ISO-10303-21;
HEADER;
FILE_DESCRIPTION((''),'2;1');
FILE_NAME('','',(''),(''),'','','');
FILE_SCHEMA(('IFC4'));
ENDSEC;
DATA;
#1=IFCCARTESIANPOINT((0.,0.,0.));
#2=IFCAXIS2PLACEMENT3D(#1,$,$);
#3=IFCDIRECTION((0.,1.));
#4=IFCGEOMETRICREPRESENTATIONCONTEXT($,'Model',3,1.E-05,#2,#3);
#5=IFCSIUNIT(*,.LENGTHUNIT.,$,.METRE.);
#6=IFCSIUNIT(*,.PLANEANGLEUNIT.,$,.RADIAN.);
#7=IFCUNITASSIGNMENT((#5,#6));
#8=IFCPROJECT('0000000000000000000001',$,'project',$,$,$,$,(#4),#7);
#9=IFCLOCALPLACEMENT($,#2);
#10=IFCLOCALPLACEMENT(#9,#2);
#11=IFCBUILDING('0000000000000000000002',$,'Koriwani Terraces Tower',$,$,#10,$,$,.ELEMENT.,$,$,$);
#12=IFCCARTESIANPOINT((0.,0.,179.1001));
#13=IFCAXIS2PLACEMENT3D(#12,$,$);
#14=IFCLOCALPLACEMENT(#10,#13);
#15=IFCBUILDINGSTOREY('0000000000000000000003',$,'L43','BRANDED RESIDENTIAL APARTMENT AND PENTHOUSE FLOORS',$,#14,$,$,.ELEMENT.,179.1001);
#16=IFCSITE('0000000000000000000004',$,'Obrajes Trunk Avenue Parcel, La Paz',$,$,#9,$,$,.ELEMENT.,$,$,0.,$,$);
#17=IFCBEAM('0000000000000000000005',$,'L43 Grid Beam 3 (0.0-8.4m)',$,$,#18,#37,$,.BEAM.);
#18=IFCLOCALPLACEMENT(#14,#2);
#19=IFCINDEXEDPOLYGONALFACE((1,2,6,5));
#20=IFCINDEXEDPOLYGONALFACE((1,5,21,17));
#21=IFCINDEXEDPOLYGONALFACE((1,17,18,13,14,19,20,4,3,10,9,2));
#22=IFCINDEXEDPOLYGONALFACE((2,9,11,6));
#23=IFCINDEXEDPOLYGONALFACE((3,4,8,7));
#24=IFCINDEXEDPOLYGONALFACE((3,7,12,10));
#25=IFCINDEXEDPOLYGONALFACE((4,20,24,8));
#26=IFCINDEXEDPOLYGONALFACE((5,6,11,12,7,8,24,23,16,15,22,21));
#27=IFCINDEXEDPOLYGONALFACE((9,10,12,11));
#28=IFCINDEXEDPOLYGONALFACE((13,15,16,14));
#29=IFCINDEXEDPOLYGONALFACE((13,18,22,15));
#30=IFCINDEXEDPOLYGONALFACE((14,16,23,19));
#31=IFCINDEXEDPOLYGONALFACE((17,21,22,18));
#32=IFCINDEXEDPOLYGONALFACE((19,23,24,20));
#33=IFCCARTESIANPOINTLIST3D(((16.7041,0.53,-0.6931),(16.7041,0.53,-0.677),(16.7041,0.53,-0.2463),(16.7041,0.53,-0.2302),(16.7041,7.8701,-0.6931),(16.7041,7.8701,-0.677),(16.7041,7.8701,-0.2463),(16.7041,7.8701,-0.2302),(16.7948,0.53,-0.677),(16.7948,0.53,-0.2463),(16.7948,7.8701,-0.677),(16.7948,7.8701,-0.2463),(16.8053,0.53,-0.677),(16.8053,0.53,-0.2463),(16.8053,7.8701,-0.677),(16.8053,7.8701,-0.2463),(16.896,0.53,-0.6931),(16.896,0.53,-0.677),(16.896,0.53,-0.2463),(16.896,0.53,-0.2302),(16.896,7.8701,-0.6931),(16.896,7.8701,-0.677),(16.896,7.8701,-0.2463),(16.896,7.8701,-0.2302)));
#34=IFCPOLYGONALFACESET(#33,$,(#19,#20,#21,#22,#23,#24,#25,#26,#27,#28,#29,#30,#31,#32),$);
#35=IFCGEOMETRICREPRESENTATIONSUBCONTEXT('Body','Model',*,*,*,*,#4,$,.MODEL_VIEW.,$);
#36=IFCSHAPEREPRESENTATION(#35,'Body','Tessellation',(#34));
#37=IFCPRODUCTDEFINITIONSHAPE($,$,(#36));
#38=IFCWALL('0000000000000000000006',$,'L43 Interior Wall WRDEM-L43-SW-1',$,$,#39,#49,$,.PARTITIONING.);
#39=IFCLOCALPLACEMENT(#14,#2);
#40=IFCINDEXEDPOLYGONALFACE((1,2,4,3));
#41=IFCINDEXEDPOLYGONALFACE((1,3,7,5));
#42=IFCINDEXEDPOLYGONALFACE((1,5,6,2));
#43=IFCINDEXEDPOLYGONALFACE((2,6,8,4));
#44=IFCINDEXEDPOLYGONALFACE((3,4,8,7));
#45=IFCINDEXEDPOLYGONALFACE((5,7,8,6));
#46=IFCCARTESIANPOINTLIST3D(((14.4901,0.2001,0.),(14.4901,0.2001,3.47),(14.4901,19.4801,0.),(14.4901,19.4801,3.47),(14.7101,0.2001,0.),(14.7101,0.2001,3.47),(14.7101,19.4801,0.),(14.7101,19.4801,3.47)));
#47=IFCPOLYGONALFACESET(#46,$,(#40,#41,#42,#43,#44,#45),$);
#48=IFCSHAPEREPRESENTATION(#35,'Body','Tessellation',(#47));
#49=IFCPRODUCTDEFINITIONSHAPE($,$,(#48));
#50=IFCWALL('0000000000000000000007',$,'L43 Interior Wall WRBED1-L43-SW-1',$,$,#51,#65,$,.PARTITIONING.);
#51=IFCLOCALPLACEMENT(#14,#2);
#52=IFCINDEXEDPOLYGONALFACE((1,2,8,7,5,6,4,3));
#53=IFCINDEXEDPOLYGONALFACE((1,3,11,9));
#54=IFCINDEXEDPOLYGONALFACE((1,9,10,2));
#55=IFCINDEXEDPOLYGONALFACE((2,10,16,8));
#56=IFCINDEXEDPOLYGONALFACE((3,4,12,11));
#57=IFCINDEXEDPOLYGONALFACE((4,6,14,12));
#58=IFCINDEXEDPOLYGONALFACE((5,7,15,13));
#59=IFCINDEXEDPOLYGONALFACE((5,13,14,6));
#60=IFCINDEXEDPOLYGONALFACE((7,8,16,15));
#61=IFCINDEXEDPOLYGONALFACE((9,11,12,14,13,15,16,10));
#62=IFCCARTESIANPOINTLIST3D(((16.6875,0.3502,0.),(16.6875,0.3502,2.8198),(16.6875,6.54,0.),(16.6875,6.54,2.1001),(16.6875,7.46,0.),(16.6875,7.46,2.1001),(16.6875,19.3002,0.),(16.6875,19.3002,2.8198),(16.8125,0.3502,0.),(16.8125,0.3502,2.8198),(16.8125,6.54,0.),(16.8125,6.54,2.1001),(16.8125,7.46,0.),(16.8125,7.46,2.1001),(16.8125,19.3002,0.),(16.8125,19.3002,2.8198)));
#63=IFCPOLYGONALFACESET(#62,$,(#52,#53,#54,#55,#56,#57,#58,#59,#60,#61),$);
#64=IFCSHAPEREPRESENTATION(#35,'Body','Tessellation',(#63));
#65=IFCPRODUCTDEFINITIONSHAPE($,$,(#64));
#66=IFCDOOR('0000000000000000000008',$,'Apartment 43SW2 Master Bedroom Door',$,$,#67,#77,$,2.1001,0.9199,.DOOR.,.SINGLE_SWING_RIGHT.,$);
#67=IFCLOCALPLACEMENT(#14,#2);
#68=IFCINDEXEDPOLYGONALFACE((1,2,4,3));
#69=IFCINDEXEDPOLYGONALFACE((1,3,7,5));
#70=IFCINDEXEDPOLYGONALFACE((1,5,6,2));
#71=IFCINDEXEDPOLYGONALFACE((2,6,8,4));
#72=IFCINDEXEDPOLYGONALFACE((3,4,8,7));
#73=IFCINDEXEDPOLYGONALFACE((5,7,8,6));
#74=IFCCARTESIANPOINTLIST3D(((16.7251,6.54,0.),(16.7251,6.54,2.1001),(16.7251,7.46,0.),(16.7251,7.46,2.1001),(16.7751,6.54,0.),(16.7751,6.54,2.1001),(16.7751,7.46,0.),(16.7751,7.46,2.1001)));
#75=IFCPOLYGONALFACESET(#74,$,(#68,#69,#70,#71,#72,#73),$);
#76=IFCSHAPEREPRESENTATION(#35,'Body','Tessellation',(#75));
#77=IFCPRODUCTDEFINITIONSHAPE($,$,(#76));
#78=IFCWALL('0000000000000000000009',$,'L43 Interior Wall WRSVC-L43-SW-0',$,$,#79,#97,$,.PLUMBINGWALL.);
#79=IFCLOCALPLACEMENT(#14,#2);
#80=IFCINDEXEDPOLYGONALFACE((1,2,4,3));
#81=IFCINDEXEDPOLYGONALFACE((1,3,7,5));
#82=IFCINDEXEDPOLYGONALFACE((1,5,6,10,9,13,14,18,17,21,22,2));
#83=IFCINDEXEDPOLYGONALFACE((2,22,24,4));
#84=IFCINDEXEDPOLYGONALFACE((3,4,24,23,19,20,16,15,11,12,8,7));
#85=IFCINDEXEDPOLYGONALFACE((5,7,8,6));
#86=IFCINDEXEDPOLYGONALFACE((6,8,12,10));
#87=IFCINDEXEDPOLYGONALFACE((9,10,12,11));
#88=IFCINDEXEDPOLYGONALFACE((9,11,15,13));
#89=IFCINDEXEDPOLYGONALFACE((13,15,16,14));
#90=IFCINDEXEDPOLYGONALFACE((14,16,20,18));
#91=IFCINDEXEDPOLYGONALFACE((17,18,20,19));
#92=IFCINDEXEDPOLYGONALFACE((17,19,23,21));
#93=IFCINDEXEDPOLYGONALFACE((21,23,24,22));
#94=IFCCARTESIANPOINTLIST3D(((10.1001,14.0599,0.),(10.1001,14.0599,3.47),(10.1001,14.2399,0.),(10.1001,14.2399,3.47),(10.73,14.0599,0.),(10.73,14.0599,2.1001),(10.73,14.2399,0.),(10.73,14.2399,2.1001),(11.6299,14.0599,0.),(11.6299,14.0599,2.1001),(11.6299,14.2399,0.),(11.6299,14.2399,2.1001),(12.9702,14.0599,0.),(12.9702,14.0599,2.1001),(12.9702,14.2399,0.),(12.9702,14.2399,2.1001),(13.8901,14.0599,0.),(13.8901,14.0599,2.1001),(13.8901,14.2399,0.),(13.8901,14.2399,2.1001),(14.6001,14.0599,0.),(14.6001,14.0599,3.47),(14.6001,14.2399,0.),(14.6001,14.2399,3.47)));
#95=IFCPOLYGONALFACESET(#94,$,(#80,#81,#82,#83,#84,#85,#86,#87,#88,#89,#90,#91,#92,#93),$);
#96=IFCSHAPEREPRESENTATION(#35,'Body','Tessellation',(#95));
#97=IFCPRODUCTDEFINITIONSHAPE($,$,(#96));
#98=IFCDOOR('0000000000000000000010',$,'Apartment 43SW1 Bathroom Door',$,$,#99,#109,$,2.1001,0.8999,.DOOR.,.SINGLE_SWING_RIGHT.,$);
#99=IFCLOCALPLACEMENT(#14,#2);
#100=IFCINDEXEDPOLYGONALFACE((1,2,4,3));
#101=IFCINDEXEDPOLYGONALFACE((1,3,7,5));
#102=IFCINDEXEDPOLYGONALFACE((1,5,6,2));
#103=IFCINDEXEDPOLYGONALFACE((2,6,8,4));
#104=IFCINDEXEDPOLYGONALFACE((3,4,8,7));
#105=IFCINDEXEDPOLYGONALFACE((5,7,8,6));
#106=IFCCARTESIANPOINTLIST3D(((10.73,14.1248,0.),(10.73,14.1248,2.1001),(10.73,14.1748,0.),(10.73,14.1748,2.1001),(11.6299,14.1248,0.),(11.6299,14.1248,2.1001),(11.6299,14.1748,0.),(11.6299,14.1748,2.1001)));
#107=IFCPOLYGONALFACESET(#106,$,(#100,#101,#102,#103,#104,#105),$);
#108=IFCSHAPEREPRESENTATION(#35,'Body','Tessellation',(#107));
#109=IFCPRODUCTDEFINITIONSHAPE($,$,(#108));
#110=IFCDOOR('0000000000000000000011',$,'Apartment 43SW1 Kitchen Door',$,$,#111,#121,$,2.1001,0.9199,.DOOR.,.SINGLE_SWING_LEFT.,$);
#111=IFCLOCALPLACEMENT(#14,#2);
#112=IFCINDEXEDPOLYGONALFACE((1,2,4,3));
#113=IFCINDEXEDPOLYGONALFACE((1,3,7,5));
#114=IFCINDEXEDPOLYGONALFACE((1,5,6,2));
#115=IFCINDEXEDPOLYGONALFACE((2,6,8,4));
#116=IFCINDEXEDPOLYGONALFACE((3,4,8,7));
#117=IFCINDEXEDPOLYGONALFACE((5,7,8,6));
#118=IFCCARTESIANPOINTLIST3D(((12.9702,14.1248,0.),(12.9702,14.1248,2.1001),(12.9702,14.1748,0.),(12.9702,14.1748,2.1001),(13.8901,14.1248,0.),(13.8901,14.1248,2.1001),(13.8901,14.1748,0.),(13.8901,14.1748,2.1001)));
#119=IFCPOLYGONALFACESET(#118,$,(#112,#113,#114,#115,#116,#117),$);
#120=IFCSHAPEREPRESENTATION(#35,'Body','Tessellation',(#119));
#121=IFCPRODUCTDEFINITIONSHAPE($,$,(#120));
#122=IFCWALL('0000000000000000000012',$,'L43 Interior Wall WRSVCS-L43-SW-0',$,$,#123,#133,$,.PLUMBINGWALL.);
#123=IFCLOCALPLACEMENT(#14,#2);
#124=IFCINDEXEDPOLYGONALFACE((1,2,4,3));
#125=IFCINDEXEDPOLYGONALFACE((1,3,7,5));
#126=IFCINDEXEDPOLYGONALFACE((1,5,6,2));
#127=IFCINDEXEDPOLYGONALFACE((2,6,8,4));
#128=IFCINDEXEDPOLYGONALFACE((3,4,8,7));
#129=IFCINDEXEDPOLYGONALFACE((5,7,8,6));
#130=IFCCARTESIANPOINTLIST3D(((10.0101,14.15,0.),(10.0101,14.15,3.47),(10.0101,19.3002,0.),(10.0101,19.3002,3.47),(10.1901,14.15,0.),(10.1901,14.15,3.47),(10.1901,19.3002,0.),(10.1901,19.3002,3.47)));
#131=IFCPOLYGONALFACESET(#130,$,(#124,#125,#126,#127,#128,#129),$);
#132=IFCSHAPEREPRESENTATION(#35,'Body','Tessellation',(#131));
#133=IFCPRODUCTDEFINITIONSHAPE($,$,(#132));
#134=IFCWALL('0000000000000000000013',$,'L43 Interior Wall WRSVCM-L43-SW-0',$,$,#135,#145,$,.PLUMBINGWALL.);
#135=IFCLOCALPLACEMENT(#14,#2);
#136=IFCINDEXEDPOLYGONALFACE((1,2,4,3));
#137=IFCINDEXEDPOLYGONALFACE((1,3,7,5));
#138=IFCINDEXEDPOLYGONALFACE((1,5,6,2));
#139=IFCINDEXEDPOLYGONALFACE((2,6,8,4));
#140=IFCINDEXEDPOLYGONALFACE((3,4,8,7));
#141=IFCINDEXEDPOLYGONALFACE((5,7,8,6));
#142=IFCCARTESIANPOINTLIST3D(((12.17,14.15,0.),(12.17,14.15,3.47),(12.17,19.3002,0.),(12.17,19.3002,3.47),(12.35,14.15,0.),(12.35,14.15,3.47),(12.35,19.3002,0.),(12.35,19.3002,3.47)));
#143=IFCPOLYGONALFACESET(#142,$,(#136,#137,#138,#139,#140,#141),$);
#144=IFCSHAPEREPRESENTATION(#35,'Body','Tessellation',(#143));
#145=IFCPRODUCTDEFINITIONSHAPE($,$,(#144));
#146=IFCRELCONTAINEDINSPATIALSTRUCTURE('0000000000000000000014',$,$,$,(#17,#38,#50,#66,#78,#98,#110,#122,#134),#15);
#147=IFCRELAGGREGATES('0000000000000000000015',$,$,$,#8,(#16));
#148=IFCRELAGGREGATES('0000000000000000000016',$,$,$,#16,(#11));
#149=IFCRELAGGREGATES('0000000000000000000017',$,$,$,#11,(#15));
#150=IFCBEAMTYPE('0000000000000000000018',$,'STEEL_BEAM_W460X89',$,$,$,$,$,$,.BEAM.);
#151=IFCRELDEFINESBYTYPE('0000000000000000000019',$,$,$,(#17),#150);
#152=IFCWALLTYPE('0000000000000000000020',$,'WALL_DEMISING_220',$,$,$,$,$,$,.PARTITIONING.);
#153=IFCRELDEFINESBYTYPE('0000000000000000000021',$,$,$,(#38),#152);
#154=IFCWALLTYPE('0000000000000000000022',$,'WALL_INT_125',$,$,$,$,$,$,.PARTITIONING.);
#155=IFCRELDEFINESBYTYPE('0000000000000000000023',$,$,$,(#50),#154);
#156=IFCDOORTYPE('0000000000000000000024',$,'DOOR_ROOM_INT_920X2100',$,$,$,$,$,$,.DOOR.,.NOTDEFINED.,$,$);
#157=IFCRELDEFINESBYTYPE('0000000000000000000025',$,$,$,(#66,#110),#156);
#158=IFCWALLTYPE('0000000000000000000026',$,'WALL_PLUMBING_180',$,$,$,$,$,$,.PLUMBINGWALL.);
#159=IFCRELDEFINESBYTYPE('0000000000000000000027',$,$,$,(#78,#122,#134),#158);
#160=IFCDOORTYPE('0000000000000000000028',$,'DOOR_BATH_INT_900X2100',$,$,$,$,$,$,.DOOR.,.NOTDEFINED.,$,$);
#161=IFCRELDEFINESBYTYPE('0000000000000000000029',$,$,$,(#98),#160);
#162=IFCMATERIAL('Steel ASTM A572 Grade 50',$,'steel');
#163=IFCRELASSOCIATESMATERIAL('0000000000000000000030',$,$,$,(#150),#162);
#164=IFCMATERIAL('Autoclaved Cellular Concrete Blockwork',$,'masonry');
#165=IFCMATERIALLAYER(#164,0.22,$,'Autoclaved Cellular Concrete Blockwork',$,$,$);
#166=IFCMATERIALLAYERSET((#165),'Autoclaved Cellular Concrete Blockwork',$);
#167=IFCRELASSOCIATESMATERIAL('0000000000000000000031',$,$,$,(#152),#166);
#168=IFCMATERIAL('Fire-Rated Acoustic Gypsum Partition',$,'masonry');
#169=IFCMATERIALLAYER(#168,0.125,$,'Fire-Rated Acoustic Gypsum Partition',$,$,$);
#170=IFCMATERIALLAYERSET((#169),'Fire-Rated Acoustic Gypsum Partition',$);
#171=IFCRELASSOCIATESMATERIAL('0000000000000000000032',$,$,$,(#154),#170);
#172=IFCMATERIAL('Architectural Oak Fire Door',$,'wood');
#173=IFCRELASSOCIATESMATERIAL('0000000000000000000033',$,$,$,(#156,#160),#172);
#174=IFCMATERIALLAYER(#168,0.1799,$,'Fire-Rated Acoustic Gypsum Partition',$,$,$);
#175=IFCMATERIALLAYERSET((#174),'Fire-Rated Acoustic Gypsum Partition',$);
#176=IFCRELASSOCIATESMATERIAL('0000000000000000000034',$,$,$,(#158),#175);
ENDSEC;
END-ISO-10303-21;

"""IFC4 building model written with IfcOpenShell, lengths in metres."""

from ifc_helpers import new_model, si_unit, direction, frame, frame_2d, origin, origin_2d, place, context, subcontext, project, spatial, rectangle, i_section, extrude, material, layer, layer_set, material_profile, profile_set, type_object, element, fill, save


model = new_model("IFC4")

# Units and contexts
model_context = context("Model", 3, precision=1e-05, world=origin(), true_north=direction((0.0, 1.0)))
body_context = subcontext(model_context, "Body", "Model", "MODEL_VIEW")
ifc_project = project(units=[si_unit("LENGTHUNIT", "METRE"), si_unit("PLANEANGLEUNIT", "RADIAN")], contexts=[model_context])

# Site, building, storey
site_placement = place(None, origin())
site = spatial("IfcSite", under=ifc_project, at=site_placement, Name="Obrajes Trunk Avenue Parcel, La Paz", CompositionType="ELEMENT", RefElevation=0.0)
building_placement = place(site_placement, origin())
building = spatial("IfcBuilding", under=site, at=building_placement, Name="Koriwani Terraces Tower", CompositionType="ELEMENT")
storey_placement = place(building_placement, frame((0.0, 0.0, 179.1001)))
storey = spatial("IfcBuildingStorey", under=building, at=storey_placement, Name="L43", Description="BRANDED RESIDENTIAL APARTMENT AND PENTHOUSE FLOORS", CompositionType="ELEMENT", Elevation=179.1001)

# Beam
ifc_material_1 = material(Name="Steel ASTM A572 Grade 50", Category="steel")
ifc_material_profile_1 = material_profile(ifc_material_1, i_section(OverallWidth=0.1919, OverallDepth=0.4629, WebThickness=0.0105, FlangeThickness=0.0161, at=origin_2d()), Name="Steel ASTM A572 Grade 50", Category="LoadBearing")
ifc_profile_set_1 = profile_set([ifc_material_profile_1], Name="Steel ASTM A572 Grade 50")
beam_type_1 = type_object("IfcBeamType", Name="STEEL_BEAM_W460X89", PredefinedType="BEAM", material=ifc_profile_set_1)
beam_1_placement = place(storey_placement, frame((16.8, 0.53, -0.4617), z_axis=(0.0, 1.0, 0.0), x_axis=(-1.0, 0.0, 0.0)))
element("IfcBeam", 1, at=beam_1_placement, inside=storey, type_object=beam_type_1, Name="L43 Grid Beam 3 (0.0-8.4m)", PredefinedType="BEAM", context=body_context, shape_type="SweptSolid", body=[
    extrude(i_section(OverallWidth=0.1919, OverallDepth=0.4629, WebThickness=0.0105, FlangeThickness=0.0161, at=origin_2d()), origin(), (0.0, 0.0, 1.0), 7.3401),
])

# Wall
ifc_material_2 = material(Name="Autoclaved Cellular Concrete Blockwork", Category="masonry")
ifc_layer_1 = layer(ifc_material_2, 0.22, Name="Autoclaved Cellular Concrete Blockwork")
ifc_layer_set_1 = layer_set([ifc_layer_1], Name="Autoclaved Cellular Concrete Blockwork")
wall_type_1 = type_object("IfcWallType", Name="WALL_DEMISING_220", PredefinedType="PARTITIONING", material=ifc_layer_set_1)
wall_1_placement = place(storey_placement, frame((14.6001, 0.2, 0.0), z_axis=(0.0, 0.0, 1.0), x_axis=(0.0, 1.0, 0.0)))
element("IfcWall", 2, at=wall_1_placement, inside=storey, type_object=wall_type_1, Name="L43 Interior Wall WRDEM-L43-SW-1", PredefinedType="PARTITIONING", context=body_context, shape_type="SweptSolid", body=[
    extrude(rectangle(XDim=19.28, YDim=0.22, at=frame_2d((9.6401, 0.0))), origin(), (0.0, 0.0, 1.0), 3.47),
])

# Wall, opening, door
ifc_material_3 = material(Name="Fire-Rated Acoustic Gypsum Partition", Category="masonry")
ifc_layer_2 = layer(ifc_material_3, 0.125, Name="Fire-Rated Acoustic Gypsum Partition")
ifc_layer_set_2 = layer_set([ifc_layer_2], Name="Fire-Rated Acoustic Gypsum Partition")
wall_type_2 = type_object("IfcWallType", Name="WALL_INT_125", PredefinedType="PARTITIONING", material=ifc_layer_set_2)
wall_2_placement = place(storey_placement, frame((16.75, 0.3501, 0.0), z_axis=(0.0, 0.0, 1.0), x_axis=(0.0, 1.0, 0.0)))
wall_2 = element("IfcWall", 3, at=wall_2_placement, inside=storey, type_object=wall_type_2, Name="L43 Interior Wall WRBED1-L43-SW-1", PredefinedType="PARTITIONING", context=body_context, shape_type="SweptSolid", body=[
    extrude(rectangle(XDim=18.95, YDim=0.125, at=frame_2d((9.4751, 0.0))), origin(), (0.0, 0.0, 1.0), 2.8198),
])
opening_1_placement = place(wall_2_placement, frame((6.1899, 0.0, 0.0)))
opening_1 = element("IfcOpeningElement", 4, at=opening_1_placement, cuts=wall_2, PredefinedType="OPENING", context=body_context, shape_type="SweptSolid", body=[
    extrude(rectangle(XDim=0.9199, YDim=2.1001, at=frame_2d((0.46, 1.05))), frame((0.0, 0.0725, 0.0), z_axis=(0.0, -1.0, 0.0), x_axis=(1.0, 0.0, 0.0)), (0.0, 0.0, 1.0), 0.145),
])
ifc_material_4 = material(Name="Architectural Oak Fire Door", Category="wood")
door_type_1 = type_object("IfcDoorType", Name="DOOR_ROOM_INT_920X2100", OperationType="NOTDEFINED", PredefinedType="DOOR", material=ifc_material_4)
door_1_placement = place(opening_1_placement, origin())
door_1 = element("IfcDoor", 5, at=door_1_placement, inside=storey, type_object=door_type_1, Name="Apartment 43SW2 Master Bedroom Door", OperationType="SINGLE_SWING_RIGHT", OverallHeight=2.1001, OverallWidth=0.9199, PredefinedType="DOOR", context=body_context, shape_type="SweptSolid", body=[
    extrude(rectangle(XDim=0.9199, YDim=2.1001, at=frame_2d((0.46, 1.05))), frame((0.0, 0.0249, 0.0), z_axis=(0.0, -1.0, 0.0), x_axis=(1.0, 0.0, 0.0)), (0.0, 0.0, 1.0), 0.05),
])
fill(opening_1, door_1)

# Wall, openings, doors
ifc_layer_3 = layer(ifc_material_3, 0.1799, Name="Fire-Rated Acoustic Gypsum Partition")
ifc_layer_set_3 = layer_set([ifc_layer_3], Name="Fire-Rated Acoustic Gypsum Partition")
wall_type_3 = type_object("IfcWallType", Name="WALL_PLUMBING_180", PredefinedType="PLUMBINGWALL", material=ifc_layer_set_3)
wall_3_placement = place(storey_placement, frame((10.1001, 14.1499, 0.0), z_axis=(0.0, 0.0, 1.0), x_axis=(1.0, 0.0, 0.0)))
wall_3 = element("IfcWall", 6, at=wall_3_placement, inside=storey, type_object=wall_type_3, Name="L43 Interior Wall WRSVC-L43-SW-0", PredefinedType="PLUMBINGWALL", context=body_context, shape_type="SweptSolid", body=[
    extrude(rectangle(XDim=4.5, YDim=0.1799, at=frame_2d((2.25, 0.0))), origin(), (0.0, 0.0, 1.0), 3.47),
])
opening_2_placement = place(wall_3_placement, frame((0.6299, 0.0, 0.0)))
opening_2 = element("IfcOpeningElement", 7, at=opening_2_placement, cuts=wall_3, PredefinedType="OPENING", context=body_context, shape_type="SweptSolid", body=[
    extrude(rectangle(XDim=0.8999, YDim=2.1001, at=frame_2d((0.45, 1.05))), frame((0.0, 0.1001, 0.0), z_axis=(0.0, -1.0, 0.0), x_axis=(1.0, 0.0, 0.0)), (0.0, 0.0, 1.0), 0.2),
])
opening_3_placement = place(wall_3_placement, frame((2.8701, 0.0, 0.0)))
opening_3 = element("IfcOpeningElement", 8, at=opening_3_placement, cuts=wall_3, PredefinedType="OPENING", context=body_context, shape_type="SweptSolid", body=[
    extrude(rectangle(XDim=0.9199, YDim=2.1001, at=frame_2d((0.46, 1.05))), frame((0.0, 0.1001, 0.0), z_axis=(0.0, -1.0, 0.0), x_axis=(1.0, 0.0, 0.0)), (0.0, 0.0, 1.0), 0.2),
])
door_type_2 = type_object("IfcDoorType", Name="DOOR_BATH_INT_900X2100", OperationType="NOTDEFINED", PredefinedType="DOOR", material=ifc_material_4)
door_2_placement = place(opening_2_placement, origin())
door_2 = element("IfcDoor", 9, at=door_2_placement, inside=storey, type_object=door_type_2, Name="Apartment 43SW1 Bathroom Door", OperationType="SINGLE_SWING_RIGHT", OverallHeight=2.1001, OverallWidth=0.8999, PredefinedType="DOOR", context=body_context, shape_type="SweptSolid", body=[
    extrude(rectangle(XDim=0.8999, YDim=2.1001, at=frame_2d((0.45, 1.05))), frame((0.0, 0.0249, 0.0), z_axis=(0.0, -1.0, 0.0), x_axis=(1.0, 0.0, 0.0)), (0.0, 0.0, 1.0), 0.05),
])
fill(opening_2, door_2)
door_3_placement = place(opening_3_placement, origin())
door_3 = element("IfcDoor", 10, at=door_3_placement, inside=storey, type_object=door_type_1, Name="Apartment 43SW1 Kitchen Door", OperationType="SINGLE_SWING_LEFT", OverallHeight=2.1001, OverallWidth=0.9199, PredefinedType="DOOR", context=body_context, shape_type="SweptSolid", body=[
    extrude(rectangle(XDim=0.9199, YDim=2.1001, at=frame_2d((0.46, 1.05))), frame((0.0, 0.0249, 0.0), z_axis=(0.0, -1.0, 0.0), x_axis=(1.0, 0.0, 0.0)), (0.0, 0.0, 1.0), 0.05),
])
fill(opening_3, door_3)

# Walls
for number, where, z_axis, x_axis, name in (
    (11, (10.1001, 14.1499, 0.0), (0.0, 0.0, 1.0), (0.0, 1.0, 0.0), "L43 Interior Wall WRSVCS-L43-SW-0"),
    (12, (12.26, 14.1499, 0.0), (0.0, 0.0, 1.0), (0.0, 1.0, 0.0), "L43 Interior Wall WRSVCM-L43-SW-0"),
):
    element("IfcWall", number, at=place(storey_placement, frame(where, z_axis=z_axis, x_axis=x_axis)), inside=storey, type_object=wall_type_3, Name=name, PredefinedType="PLUMBINGWALL", context=body_context, shape_type="SweptSolid", body=[
        extrude(rectangle(XDim=5.1501, YDim=0.1799, at=frame_2d((2.5752, 0.0))), origin(), (0.0, 0.0, 1.0), 3.47),
    ])

save(model, "model.ifc")
